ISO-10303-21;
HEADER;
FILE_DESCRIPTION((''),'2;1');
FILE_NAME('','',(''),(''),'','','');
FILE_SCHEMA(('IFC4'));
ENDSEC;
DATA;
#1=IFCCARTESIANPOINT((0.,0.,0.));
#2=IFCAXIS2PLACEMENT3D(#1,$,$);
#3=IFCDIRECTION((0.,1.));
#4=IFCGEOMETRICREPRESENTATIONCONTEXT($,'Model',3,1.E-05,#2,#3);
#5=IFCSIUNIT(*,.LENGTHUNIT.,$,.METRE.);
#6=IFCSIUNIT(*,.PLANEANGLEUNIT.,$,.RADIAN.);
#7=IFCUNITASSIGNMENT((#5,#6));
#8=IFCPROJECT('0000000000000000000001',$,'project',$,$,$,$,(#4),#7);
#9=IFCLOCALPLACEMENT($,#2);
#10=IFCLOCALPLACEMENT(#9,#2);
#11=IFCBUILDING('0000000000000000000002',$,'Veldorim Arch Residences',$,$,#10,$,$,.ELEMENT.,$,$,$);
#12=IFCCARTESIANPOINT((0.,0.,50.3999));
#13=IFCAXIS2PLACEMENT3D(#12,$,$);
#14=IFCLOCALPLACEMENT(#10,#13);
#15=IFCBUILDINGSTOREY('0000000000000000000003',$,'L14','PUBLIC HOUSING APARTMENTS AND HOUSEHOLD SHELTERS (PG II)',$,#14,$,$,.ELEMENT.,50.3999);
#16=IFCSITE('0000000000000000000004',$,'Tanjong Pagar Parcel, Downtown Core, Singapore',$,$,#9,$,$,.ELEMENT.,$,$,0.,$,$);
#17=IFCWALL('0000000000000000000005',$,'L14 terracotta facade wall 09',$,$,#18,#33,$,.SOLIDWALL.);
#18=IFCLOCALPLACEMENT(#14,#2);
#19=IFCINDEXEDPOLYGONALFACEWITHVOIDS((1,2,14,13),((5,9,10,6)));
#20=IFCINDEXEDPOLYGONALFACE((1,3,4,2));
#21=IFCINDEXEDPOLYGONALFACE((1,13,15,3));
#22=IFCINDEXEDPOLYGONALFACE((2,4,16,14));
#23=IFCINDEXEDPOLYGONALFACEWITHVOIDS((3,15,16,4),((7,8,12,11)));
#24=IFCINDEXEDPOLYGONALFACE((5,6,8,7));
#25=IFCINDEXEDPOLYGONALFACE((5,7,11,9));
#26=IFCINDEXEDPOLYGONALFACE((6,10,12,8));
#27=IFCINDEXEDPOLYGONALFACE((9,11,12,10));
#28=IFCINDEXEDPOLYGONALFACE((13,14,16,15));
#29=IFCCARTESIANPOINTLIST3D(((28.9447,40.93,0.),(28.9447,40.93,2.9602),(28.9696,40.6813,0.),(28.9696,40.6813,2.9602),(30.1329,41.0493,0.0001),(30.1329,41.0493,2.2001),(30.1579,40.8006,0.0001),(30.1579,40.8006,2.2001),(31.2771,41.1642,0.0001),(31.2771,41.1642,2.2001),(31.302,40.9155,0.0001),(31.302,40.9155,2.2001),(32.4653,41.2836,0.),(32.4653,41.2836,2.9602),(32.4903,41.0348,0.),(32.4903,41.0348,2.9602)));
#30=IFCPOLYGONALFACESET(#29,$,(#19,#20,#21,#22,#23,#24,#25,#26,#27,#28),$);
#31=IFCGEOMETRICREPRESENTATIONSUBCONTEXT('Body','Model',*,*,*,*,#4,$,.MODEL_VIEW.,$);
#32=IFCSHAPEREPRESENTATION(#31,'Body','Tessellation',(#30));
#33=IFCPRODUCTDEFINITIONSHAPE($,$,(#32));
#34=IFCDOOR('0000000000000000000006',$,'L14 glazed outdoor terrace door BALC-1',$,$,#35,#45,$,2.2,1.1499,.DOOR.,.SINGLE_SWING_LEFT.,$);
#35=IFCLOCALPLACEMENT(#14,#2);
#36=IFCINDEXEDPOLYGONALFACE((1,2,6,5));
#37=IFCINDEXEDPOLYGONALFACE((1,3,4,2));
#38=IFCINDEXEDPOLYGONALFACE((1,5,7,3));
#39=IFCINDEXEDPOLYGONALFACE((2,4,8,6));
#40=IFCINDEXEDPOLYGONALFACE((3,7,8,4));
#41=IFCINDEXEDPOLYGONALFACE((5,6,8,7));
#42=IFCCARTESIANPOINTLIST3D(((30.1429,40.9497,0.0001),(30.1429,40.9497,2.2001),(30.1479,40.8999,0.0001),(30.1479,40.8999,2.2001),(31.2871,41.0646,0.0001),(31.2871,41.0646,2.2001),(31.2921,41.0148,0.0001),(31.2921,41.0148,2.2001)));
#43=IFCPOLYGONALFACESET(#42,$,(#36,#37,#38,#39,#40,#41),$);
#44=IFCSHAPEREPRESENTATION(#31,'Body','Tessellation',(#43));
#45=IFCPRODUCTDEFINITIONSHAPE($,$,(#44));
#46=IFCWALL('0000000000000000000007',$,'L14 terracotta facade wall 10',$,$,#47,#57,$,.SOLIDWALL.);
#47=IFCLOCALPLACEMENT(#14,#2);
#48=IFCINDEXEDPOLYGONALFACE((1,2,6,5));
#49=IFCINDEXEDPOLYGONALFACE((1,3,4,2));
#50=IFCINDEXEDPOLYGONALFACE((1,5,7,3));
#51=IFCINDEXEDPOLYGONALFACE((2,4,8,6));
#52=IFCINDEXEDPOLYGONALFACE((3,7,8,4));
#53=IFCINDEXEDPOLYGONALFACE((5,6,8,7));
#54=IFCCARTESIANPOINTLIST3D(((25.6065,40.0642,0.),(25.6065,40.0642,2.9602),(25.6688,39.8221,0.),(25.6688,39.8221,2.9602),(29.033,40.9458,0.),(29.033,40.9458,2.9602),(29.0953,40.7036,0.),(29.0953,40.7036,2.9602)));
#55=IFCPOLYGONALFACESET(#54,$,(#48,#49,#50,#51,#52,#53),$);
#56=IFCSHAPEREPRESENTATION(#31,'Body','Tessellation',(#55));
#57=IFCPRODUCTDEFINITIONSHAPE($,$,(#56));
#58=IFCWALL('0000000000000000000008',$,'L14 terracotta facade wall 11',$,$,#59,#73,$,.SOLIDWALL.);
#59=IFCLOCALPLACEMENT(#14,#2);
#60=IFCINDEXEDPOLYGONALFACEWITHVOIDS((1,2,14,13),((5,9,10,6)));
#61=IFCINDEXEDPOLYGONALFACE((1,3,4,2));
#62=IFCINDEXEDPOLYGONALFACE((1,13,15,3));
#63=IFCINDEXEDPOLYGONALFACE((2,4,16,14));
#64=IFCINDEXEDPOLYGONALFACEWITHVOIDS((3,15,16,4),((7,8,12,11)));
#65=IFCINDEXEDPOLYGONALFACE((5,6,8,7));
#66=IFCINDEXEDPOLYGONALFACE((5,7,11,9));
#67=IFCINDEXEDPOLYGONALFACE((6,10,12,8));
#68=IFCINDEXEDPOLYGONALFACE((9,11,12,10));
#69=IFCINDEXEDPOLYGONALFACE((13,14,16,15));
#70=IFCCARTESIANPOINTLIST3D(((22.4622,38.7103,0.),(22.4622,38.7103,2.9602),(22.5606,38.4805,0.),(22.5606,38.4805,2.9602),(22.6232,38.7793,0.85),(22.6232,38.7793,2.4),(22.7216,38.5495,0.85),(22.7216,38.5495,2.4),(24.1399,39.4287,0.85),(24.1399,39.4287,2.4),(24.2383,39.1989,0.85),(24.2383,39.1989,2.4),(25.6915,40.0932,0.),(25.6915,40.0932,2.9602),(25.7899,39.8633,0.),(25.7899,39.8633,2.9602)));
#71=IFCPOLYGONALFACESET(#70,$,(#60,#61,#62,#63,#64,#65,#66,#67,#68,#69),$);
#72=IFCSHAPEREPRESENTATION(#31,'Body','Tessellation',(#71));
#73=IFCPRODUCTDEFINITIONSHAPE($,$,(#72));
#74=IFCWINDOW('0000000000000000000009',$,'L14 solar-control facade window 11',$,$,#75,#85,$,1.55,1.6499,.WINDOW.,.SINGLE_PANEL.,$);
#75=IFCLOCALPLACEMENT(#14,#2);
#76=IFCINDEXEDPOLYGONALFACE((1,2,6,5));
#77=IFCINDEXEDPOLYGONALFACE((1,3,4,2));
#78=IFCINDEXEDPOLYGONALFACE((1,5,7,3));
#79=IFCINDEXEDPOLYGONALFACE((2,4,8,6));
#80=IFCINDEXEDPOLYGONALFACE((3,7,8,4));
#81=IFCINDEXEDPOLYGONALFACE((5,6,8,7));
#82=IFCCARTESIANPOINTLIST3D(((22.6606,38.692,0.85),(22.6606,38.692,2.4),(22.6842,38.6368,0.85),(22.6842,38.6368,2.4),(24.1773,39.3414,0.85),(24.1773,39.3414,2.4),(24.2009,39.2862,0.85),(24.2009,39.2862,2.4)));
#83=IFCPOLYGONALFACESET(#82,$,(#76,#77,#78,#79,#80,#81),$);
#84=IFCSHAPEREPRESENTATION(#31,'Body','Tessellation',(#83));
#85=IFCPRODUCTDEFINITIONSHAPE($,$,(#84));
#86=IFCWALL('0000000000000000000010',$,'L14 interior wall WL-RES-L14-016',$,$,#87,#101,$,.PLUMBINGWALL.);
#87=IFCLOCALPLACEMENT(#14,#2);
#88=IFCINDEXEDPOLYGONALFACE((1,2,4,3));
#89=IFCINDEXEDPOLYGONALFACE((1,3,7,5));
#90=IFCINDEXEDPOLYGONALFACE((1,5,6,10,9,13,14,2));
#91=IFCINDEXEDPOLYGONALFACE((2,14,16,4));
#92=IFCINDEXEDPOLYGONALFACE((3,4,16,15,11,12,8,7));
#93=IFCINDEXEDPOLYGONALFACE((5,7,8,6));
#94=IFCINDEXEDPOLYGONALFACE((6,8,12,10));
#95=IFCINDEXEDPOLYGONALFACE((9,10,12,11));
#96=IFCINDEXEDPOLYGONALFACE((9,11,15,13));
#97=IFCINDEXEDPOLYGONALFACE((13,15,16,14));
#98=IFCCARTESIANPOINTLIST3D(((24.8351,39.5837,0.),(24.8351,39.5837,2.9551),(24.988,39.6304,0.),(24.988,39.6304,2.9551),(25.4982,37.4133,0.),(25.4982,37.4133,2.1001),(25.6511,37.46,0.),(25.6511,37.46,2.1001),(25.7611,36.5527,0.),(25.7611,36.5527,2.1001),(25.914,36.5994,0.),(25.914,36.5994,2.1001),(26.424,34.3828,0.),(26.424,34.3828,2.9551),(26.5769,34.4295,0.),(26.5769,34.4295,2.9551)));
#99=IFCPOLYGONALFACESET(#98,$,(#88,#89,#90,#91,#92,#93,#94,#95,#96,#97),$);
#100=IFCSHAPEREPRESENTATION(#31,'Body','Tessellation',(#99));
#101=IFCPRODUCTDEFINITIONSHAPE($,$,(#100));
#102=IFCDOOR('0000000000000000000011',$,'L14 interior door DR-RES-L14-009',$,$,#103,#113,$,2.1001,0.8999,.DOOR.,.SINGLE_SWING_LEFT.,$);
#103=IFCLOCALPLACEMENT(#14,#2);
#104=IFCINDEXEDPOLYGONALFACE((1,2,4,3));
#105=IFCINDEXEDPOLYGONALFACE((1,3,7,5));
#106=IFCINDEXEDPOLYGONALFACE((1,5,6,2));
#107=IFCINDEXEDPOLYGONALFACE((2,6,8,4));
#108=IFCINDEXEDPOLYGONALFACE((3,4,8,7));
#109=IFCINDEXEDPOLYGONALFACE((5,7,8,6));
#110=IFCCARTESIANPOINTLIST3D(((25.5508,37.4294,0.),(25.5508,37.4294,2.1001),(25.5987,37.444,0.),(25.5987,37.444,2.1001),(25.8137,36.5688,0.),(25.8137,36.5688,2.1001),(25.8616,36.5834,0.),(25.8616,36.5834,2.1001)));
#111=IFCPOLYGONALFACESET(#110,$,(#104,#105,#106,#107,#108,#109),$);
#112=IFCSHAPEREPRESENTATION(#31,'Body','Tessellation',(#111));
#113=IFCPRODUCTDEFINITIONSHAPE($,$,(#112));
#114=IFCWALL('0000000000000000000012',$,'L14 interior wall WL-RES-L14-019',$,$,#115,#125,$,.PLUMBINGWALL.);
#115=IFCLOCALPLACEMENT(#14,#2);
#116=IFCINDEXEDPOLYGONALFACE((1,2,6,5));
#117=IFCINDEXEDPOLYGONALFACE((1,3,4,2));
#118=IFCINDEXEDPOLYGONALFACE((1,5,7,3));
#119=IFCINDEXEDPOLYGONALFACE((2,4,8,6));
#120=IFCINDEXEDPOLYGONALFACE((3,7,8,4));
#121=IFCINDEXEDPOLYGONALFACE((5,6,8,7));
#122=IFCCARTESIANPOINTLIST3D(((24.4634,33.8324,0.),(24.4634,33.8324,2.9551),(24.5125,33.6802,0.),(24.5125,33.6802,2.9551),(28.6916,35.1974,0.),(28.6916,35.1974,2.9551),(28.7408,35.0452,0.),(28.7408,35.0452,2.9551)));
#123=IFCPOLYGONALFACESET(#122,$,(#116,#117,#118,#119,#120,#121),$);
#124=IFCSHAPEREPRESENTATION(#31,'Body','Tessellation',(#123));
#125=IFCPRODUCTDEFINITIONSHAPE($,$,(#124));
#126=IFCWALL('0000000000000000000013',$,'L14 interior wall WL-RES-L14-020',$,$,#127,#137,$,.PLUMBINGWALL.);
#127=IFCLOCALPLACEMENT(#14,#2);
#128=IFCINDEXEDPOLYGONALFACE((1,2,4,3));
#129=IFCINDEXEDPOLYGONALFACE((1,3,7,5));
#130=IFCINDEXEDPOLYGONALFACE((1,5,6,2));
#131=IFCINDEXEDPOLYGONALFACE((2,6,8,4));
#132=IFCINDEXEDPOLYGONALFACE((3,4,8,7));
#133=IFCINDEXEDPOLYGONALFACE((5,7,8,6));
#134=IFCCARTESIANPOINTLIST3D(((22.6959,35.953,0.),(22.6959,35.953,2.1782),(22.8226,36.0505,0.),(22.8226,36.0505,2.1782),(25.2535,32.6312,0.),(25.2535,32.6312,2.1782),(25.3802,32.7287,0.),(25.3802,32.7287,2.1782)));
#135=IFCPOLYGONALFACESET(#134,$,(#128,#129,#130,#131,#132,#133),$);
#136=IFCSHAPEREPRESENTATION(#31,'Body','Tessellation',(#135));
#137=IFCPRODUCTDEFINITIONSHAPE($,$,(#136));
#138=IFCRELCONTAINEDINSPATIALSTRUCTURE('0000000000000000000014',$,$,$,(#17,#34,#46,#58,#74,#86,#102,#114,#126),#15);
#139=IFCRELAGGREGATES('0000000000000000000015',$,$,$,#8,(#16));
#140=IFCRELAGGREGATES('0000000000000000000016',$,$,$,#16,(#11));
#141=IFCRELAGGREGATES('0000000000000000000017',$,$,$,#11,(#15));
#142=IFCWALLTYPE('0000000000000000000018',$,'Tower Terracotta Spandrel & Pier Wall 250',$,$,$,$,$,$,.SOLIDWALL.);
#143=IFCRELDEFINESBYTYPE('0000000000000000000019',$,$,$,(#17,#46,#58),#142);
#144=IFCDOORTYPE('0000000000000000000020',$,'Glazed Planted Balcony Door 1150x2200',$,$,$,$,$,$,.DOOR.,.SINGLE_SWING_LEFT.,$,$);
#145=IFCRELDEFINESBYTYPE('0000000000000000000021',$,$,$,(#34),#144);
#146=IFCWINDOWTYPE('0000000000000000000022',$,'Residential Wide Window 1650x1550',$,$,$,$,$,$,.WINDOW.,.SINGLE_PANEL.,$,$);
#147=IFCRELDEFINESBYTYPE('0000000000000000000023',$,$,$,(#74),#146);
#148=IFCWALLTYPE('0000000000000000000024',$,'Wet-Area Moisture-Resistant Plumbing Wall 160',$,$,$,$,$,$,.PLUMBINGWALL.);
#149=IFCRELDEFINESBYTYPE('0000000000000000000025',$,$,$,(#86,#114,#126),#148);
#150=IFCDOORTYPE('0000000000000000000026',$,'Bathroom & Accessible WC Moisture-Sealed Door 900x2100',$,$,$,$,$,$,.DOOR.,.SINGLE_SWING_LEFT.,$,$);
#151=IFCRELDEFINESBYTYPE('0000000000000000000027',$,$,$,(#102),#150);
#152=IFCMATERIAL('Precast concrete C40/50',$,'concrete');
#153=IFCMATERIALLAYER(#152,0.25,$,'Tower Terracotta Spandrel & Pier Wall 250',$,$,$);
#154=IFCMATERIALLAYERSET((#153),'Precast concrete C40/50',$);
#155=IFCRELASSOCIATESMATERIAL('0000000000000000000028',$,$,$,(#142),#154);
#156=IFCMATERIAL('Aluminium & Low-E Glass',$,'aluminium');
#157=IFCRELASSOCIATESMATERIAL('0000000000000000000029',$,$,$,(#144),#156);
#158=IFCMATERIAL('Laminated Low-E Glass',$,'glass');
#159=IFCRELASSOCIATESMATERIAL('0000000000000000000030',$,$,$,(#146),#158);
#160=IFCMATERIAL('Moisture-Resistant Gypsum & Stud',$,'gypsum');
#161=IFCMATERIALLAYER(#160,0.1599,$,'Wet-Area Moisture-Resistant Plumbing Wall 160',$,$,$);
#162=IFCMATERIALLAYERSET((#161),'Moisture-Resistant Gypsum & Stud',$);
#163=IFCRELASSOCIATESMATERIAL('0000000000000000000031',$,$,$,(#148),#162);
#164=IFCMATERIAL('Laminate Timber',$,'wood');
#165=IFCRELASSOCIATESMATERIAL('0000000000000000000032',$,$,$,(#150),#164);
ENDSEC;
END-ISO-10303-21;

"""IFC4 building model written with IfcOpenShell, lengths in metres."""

from ifc_helpers import new_model, si_unit, direction, frame, frame_2d, origin, place, context, subcontext, project, spatial, rectangle, extrude, material, layer, layer_set, type_object, element, fill, save


model = new_model("IFC4")

# Units and contexts
model_context = context("Model", 3, precision=1e-05, world=origin(), true_north=direction((0.0, 1.0)))
body_context = subcontext(model_context, "Body", "Model", "MODEL_VIEW")
ifc_project = project(units=[si_unit("LENGTHUNIT", "METRE"), si_unit("PLANEANGLEUNIT", "RADIAN")], contexts=[model_context])

# Site, building, storey
site_placement = place(None, origin())
site = spatial("IfcSite", under=ifc_project, at=site_placement, Name="Tanjong Pagar Parcel, Downtown Core, Singapore", CompositionType="ELEMENT", RefElevation=0.0)
building_placement = place(site_placement, origin())
building = spatial("IfcBuilding", under=site, at=building_placement, Name="Veldorim Arch Residences", CompositionType="ELEMENT")
storey_placement = place(building_placement, frame((0.0, 0.0, 50.3999)))
storey = spatial("IfcBuildingStorey", under=building, at=storey_placement, Name="L14", Description="PUBLIC HOUSING APARTMENTS AND HOUSEHOLD SHELTERS (PG II)", CompositionType="ELEMENT", Elevation=50.3999)

# Wall, opening, door
ifc_material_1 = material(Name="Precast concrete C40/50", Category="concrete")
ifc_layer_1 = layer(ifc_material_1, 0.25, Name="Tower Terracotta Spandrel & Pier Wall 250")
ifc_layer_set_1 = layer_set([ifc_layer_1], Name="Precast concrete C40/50")
wall_type_1 = type_object("IfcWallType", Name="Tower Terracotta Spandrel & Pier Wall 250", PredefinedType="SOLIDWALL", material=ifc_layer_set_1)
wall_1_placement = place(storey_placement, frame((28.9573, 40.8057, 0.0), z_axis=(0.0, 0.0, 1.0), x_axis=(0.994996, 0.099914, 0.0)))
wall_1 = element("IfcWall", 1, at=wall_1_placement, inside=storey, type_object=wall_type_1, Name="L14 terracotta facade wall 09", PredefinedType="SOLIDWALL", context=body_context, shape_type="SweptSolid", body=[
    extrude(rectangle(XDim=3.5383, YDim=0.25, at=frame_2d((1.769, 0.0))), origin(), (0.0, 0.0, 1.0), 2.9602),
])
opening_1_placement = place(wall_1_placement, frame((1.1941, 0.0, 0.0)))
opening_1 = element("IfcOpeningElement", 2, at=opening_1_placement, cuts=wall_1, PredefinedType="OPENING", context=body_context, shape_type="SweptSolid", body=[
    extrude(rectangle(XDim=1.1499, YDim=2.2, at=frame_2d((0.575, 1.1001))), frame((0.0, 0.135, 0.0), z_axis=(0.0, -1.0, 0.0), x_axis=(1.0, 0.0, 0.0)), (0.0, 0.0, 1.0), 0.27),
])
ifc_material_2 = material(Name="Aluminium & Low-E Glass", Category="aluminium")
door_type_1 = type_object("IfcDoorType", Name="Glazed Planted Balcony Door 1150x2200", OperationType="SINGLE_SWING_LEFT", PredefinedType="DOOR", material=ifc_material_2)
door_1_placement = place(opening_1_placement, origin())
door_1 = element("IfcDoor", 3, at=door_1_placement, inside=storey, type_object=door_type_1, Name="L14 glazed outdoor terrace door BALC-1", OperationType="SINGLE_SWING_LEFT", OverallHeight=2.2, OverallWidth=1.1499, PredefinedType="DOOR", context=body_context, shape_type="SweptSolid", body=[
    extrude(rectangle(XDim=1.1499, YDim=2.2, at=frame_2d((0.575, 1.1001))), frame((0.0, 0.0249, 0.0), z_axis=(0.0, -1.0, 0.0), x_axis=(1.0, 0.0, 0.0)), (0.0, 0.0, 1.0), 0.05),
])
fill(opening_1, door_1)

# Wall
wall_2_placement = place(storey_placement, frame((25.6377, 39.9431, 0.0), z_axis=(0.0, 0.0, 1.0), x_axis=(0.96846, 0.24917, 0.0)))
element("IfcWall", 4, at=wall_2_placement, inside=storey, type_object=wall_type_1, Name="L14 terracotta facade wall 10", PredefinedType="SOLIDWALL", context=body_context, shape_type="SweptSolid", body=[
    extrude(rectangle(XDim=3.5381, YDim=0.25, at=frame_2d((1.769, 0.0))), origin(), (0.0, 0.0, 1.0), 2.9602),
])

# Wall, opening, window
wall_3_placement = place(storey_placement, frame((22.5115, 38.5955, 0.0), z_axis=(0.0, 0.0, 1.0), x_axis=(0.919264, 0.393642, 0.0)))
wall_3 = element("IfcWall", 5, at=wall_3_placement, inside=storey, type_object=wall_type_1, Name="L14 terracotta facade wall 11", PredefinedType="SOLIDWALL", context=body_context, shape_type="SweptSolid", body=[
    extrude(rectangle(XDim=3.5129, YDim=0.25, at=frame_2d((1.7563, 0.0))), origin(), (0.0, 0.0, 1.0), 2.9602),
])
opening_2_placement = place(wall_3_placement, frame((0.175, 0.0, 0.8501)))
opening_2 = element("IfcOpeningElement", 6, at=opening_2_placement, cuts=wall_3, PredefinedType="OPENING", context=body_context, shape_type="SweptSolid", body=[
    extrude(rectangle(XDim=1.6499, YDim=1.55, at=frame_2d((0.825, 0.7749))), frame((0.0, 0.135, 0.0), z_axis=(0.0, -1.0, 0.0), x_axis=(1.0, 0.0, 0.0)), (0.0, 0.0, 1.0), 0.27),
])
ifc_material_3 = material(Name="Laminated Low-E Glass", Category="glass")
window_type = type_object("IfcWindowType", Name="Residential Wide Window 1650x1550", PartitioningType="SINGLE_PANEL", PredefinedType="WINDOW", material=ifc_material_3)
window_placement = place(opening_2_placement, origin())
window = element("IfcWindow", 7, at=window_placement, inside=storey, type_object=window_type, Name="L14 solar-control facade window 11", OverallHeight=1.55, OverallWidth=1.6499, PartitioningType="SINGLE_PANEL", PredefinedType="WINDOW", context=body_context, shape_type="SweptSolid", body=[
    extrude(rectangle(XDim=1.6499, YDim=1.55, at=frame_2d((0.825, 0.7749))), frame((0.0, 0.03, 0.0), z_axis=(0.0, -1.0, 0.0), x_axis=(1.0, 0.0, 0.0)), (0.0, 0.0, 1.0), 0.0601),
])
fill(opening_2, window)

# Wall, opening, door
ifc_material_4 = material(Name="Moisture-Resistant Gypsum & Stud", Category="gypsum")
ifc_layer_2 = layer(ifc_material_4, 0.1599, Name="Wet-Area Moisture-Resistant Plumbing Wall 160")
ifc_layer_set_2 = layer_set([ifc_layer_2], Name="Moisture-Resistant Gypsum & Stud")
wall_type_2 = type_object("IfcWallType", Name="Wet-Area Moisture-Resistant Plumbing Wall 160", PredefinedType="PLUMBINGWALL", material=ifc_layer_set_2)
wall_4_placement = place(storey_placement, frame((26.5005, 34.406, 0.0), z_axis=(0.0, 0.0, 1.0), x_axis=(-0.292167, 0.956367, 0.0)))
wall_4 = element("IfcWall", 8, at=wall_4_placement, inside=storey, type_object=wall_type_2, Name="L14 interior wall WL-RES-L14-016", PredefinedType="PLUMBINGWALL", context=body_context, shape_type="SweptSolid", body=[
    extrude(rectangle(XDim=5.4382, YDim=0.1599, at=frame_2d((2.7192, 0.0))), origin(), (0.0, 0.0, 1.0), 2.9551),
])
opening_3_placement = place(wall_4_placement, frame((2.269, 0.0, 0.0)))
opening_3 = element("IfcOpeningElement", 9, at=opening_3_placement, cuts=wall_4, PredefinedType="OPENING", context=body_context, shape_type="SweptSolid", body=[
    extrude(rectangle(XDim=0.8999, YDim=2.1001, at=frame_2d((0.45, 1.05))), frame((0.0, 0.0898, 0.0), z_axis=(0.0, -1.0, 0.0), x_axis=(1.0, 0.0, 0.0)), (0.0, 0.0, 1.0), 0.1799),
])
ifc_material_5 = material(Name="Laminate Timber", Category="wood")
door_type_2 = type_object("IfcDoorType", Name="Bathroom & Accessible WC Moisture-Sealed Door 900x2100", OperationType="SINGLE_SWING_LEFT", PredefinedType="DOOR", material=ifc_material_5)
door_2_placement = place(opening_3_placement, origin())
door_2 = element("IfcDoor", 10, at=door_2_placement, inside=storey, type_object=door_type_2, Name="L14 interior door DR-RES-L14-009", OperationType="SINGLE_SWING_LEFT", OverallHeight=2.1001, OverallWidth=0.8999, PredefinedType="DOOR", context=body_context, shape_type="SweptSolid", body=[
    extrude(rectangle(XDim=0.8999, YDim=2.1001, at=frame_2d((0.45, 1.05))), frame((0.0, 0.0249, 0.0), z_axis=(0.0, -1.0, 0.0), x_axis=(1.0, 0.0, 0.0)), (0.0, 0.0, 1.0), 0.05),
])
fill(opening_3, door_2)

# Walls
wall_5_placement = place(storey_placement, frame((28.7163, 35.1213, 0.0), z_axis=(0.0, 0.0, 1.0), x_axis=(-0.951641, -0.307213, 0.0)))
element("IfcWall", 11, at=wall_5_placement, inside=storey, type_object=wall_type_2, Name="L14 interior wall WL-RES-L14-019", PredefinedType="PLUMBINGWALL", context=body_context, shape_type="SweptSolid", body=[
    extrude(rectangle(XDim=4.4431, YDim=0.1599, at=frame_2d((2.2217, 0.0))), origin(), (0.0, 0.0, 1.0), 2.9551),
])
wall_6_placement = place(storey_placement, frame((25.3169, 32.6799, 0.0), z_axis=(0.0, 0.0, 1.0), x_axis=(-0.610071, 0.792347, 0.0)))
element("IfcWall", 12, at=wall_6_placement, inside=storey, type_object=wall_type_2, Name="L14 interior wall WL-RES-L14-020", PredefinedType="PLUMBINGWALL", context=body_context, shape_type="SweptSolid", body=[
    extrude(rectangle(XDim=4.1924, YDim=0.1599, at=frame_2d((2.0962, 0.0))), origin(), (0.0, 0.0, 1.0), 2.1782),
])

save(model, "model.ifc")
